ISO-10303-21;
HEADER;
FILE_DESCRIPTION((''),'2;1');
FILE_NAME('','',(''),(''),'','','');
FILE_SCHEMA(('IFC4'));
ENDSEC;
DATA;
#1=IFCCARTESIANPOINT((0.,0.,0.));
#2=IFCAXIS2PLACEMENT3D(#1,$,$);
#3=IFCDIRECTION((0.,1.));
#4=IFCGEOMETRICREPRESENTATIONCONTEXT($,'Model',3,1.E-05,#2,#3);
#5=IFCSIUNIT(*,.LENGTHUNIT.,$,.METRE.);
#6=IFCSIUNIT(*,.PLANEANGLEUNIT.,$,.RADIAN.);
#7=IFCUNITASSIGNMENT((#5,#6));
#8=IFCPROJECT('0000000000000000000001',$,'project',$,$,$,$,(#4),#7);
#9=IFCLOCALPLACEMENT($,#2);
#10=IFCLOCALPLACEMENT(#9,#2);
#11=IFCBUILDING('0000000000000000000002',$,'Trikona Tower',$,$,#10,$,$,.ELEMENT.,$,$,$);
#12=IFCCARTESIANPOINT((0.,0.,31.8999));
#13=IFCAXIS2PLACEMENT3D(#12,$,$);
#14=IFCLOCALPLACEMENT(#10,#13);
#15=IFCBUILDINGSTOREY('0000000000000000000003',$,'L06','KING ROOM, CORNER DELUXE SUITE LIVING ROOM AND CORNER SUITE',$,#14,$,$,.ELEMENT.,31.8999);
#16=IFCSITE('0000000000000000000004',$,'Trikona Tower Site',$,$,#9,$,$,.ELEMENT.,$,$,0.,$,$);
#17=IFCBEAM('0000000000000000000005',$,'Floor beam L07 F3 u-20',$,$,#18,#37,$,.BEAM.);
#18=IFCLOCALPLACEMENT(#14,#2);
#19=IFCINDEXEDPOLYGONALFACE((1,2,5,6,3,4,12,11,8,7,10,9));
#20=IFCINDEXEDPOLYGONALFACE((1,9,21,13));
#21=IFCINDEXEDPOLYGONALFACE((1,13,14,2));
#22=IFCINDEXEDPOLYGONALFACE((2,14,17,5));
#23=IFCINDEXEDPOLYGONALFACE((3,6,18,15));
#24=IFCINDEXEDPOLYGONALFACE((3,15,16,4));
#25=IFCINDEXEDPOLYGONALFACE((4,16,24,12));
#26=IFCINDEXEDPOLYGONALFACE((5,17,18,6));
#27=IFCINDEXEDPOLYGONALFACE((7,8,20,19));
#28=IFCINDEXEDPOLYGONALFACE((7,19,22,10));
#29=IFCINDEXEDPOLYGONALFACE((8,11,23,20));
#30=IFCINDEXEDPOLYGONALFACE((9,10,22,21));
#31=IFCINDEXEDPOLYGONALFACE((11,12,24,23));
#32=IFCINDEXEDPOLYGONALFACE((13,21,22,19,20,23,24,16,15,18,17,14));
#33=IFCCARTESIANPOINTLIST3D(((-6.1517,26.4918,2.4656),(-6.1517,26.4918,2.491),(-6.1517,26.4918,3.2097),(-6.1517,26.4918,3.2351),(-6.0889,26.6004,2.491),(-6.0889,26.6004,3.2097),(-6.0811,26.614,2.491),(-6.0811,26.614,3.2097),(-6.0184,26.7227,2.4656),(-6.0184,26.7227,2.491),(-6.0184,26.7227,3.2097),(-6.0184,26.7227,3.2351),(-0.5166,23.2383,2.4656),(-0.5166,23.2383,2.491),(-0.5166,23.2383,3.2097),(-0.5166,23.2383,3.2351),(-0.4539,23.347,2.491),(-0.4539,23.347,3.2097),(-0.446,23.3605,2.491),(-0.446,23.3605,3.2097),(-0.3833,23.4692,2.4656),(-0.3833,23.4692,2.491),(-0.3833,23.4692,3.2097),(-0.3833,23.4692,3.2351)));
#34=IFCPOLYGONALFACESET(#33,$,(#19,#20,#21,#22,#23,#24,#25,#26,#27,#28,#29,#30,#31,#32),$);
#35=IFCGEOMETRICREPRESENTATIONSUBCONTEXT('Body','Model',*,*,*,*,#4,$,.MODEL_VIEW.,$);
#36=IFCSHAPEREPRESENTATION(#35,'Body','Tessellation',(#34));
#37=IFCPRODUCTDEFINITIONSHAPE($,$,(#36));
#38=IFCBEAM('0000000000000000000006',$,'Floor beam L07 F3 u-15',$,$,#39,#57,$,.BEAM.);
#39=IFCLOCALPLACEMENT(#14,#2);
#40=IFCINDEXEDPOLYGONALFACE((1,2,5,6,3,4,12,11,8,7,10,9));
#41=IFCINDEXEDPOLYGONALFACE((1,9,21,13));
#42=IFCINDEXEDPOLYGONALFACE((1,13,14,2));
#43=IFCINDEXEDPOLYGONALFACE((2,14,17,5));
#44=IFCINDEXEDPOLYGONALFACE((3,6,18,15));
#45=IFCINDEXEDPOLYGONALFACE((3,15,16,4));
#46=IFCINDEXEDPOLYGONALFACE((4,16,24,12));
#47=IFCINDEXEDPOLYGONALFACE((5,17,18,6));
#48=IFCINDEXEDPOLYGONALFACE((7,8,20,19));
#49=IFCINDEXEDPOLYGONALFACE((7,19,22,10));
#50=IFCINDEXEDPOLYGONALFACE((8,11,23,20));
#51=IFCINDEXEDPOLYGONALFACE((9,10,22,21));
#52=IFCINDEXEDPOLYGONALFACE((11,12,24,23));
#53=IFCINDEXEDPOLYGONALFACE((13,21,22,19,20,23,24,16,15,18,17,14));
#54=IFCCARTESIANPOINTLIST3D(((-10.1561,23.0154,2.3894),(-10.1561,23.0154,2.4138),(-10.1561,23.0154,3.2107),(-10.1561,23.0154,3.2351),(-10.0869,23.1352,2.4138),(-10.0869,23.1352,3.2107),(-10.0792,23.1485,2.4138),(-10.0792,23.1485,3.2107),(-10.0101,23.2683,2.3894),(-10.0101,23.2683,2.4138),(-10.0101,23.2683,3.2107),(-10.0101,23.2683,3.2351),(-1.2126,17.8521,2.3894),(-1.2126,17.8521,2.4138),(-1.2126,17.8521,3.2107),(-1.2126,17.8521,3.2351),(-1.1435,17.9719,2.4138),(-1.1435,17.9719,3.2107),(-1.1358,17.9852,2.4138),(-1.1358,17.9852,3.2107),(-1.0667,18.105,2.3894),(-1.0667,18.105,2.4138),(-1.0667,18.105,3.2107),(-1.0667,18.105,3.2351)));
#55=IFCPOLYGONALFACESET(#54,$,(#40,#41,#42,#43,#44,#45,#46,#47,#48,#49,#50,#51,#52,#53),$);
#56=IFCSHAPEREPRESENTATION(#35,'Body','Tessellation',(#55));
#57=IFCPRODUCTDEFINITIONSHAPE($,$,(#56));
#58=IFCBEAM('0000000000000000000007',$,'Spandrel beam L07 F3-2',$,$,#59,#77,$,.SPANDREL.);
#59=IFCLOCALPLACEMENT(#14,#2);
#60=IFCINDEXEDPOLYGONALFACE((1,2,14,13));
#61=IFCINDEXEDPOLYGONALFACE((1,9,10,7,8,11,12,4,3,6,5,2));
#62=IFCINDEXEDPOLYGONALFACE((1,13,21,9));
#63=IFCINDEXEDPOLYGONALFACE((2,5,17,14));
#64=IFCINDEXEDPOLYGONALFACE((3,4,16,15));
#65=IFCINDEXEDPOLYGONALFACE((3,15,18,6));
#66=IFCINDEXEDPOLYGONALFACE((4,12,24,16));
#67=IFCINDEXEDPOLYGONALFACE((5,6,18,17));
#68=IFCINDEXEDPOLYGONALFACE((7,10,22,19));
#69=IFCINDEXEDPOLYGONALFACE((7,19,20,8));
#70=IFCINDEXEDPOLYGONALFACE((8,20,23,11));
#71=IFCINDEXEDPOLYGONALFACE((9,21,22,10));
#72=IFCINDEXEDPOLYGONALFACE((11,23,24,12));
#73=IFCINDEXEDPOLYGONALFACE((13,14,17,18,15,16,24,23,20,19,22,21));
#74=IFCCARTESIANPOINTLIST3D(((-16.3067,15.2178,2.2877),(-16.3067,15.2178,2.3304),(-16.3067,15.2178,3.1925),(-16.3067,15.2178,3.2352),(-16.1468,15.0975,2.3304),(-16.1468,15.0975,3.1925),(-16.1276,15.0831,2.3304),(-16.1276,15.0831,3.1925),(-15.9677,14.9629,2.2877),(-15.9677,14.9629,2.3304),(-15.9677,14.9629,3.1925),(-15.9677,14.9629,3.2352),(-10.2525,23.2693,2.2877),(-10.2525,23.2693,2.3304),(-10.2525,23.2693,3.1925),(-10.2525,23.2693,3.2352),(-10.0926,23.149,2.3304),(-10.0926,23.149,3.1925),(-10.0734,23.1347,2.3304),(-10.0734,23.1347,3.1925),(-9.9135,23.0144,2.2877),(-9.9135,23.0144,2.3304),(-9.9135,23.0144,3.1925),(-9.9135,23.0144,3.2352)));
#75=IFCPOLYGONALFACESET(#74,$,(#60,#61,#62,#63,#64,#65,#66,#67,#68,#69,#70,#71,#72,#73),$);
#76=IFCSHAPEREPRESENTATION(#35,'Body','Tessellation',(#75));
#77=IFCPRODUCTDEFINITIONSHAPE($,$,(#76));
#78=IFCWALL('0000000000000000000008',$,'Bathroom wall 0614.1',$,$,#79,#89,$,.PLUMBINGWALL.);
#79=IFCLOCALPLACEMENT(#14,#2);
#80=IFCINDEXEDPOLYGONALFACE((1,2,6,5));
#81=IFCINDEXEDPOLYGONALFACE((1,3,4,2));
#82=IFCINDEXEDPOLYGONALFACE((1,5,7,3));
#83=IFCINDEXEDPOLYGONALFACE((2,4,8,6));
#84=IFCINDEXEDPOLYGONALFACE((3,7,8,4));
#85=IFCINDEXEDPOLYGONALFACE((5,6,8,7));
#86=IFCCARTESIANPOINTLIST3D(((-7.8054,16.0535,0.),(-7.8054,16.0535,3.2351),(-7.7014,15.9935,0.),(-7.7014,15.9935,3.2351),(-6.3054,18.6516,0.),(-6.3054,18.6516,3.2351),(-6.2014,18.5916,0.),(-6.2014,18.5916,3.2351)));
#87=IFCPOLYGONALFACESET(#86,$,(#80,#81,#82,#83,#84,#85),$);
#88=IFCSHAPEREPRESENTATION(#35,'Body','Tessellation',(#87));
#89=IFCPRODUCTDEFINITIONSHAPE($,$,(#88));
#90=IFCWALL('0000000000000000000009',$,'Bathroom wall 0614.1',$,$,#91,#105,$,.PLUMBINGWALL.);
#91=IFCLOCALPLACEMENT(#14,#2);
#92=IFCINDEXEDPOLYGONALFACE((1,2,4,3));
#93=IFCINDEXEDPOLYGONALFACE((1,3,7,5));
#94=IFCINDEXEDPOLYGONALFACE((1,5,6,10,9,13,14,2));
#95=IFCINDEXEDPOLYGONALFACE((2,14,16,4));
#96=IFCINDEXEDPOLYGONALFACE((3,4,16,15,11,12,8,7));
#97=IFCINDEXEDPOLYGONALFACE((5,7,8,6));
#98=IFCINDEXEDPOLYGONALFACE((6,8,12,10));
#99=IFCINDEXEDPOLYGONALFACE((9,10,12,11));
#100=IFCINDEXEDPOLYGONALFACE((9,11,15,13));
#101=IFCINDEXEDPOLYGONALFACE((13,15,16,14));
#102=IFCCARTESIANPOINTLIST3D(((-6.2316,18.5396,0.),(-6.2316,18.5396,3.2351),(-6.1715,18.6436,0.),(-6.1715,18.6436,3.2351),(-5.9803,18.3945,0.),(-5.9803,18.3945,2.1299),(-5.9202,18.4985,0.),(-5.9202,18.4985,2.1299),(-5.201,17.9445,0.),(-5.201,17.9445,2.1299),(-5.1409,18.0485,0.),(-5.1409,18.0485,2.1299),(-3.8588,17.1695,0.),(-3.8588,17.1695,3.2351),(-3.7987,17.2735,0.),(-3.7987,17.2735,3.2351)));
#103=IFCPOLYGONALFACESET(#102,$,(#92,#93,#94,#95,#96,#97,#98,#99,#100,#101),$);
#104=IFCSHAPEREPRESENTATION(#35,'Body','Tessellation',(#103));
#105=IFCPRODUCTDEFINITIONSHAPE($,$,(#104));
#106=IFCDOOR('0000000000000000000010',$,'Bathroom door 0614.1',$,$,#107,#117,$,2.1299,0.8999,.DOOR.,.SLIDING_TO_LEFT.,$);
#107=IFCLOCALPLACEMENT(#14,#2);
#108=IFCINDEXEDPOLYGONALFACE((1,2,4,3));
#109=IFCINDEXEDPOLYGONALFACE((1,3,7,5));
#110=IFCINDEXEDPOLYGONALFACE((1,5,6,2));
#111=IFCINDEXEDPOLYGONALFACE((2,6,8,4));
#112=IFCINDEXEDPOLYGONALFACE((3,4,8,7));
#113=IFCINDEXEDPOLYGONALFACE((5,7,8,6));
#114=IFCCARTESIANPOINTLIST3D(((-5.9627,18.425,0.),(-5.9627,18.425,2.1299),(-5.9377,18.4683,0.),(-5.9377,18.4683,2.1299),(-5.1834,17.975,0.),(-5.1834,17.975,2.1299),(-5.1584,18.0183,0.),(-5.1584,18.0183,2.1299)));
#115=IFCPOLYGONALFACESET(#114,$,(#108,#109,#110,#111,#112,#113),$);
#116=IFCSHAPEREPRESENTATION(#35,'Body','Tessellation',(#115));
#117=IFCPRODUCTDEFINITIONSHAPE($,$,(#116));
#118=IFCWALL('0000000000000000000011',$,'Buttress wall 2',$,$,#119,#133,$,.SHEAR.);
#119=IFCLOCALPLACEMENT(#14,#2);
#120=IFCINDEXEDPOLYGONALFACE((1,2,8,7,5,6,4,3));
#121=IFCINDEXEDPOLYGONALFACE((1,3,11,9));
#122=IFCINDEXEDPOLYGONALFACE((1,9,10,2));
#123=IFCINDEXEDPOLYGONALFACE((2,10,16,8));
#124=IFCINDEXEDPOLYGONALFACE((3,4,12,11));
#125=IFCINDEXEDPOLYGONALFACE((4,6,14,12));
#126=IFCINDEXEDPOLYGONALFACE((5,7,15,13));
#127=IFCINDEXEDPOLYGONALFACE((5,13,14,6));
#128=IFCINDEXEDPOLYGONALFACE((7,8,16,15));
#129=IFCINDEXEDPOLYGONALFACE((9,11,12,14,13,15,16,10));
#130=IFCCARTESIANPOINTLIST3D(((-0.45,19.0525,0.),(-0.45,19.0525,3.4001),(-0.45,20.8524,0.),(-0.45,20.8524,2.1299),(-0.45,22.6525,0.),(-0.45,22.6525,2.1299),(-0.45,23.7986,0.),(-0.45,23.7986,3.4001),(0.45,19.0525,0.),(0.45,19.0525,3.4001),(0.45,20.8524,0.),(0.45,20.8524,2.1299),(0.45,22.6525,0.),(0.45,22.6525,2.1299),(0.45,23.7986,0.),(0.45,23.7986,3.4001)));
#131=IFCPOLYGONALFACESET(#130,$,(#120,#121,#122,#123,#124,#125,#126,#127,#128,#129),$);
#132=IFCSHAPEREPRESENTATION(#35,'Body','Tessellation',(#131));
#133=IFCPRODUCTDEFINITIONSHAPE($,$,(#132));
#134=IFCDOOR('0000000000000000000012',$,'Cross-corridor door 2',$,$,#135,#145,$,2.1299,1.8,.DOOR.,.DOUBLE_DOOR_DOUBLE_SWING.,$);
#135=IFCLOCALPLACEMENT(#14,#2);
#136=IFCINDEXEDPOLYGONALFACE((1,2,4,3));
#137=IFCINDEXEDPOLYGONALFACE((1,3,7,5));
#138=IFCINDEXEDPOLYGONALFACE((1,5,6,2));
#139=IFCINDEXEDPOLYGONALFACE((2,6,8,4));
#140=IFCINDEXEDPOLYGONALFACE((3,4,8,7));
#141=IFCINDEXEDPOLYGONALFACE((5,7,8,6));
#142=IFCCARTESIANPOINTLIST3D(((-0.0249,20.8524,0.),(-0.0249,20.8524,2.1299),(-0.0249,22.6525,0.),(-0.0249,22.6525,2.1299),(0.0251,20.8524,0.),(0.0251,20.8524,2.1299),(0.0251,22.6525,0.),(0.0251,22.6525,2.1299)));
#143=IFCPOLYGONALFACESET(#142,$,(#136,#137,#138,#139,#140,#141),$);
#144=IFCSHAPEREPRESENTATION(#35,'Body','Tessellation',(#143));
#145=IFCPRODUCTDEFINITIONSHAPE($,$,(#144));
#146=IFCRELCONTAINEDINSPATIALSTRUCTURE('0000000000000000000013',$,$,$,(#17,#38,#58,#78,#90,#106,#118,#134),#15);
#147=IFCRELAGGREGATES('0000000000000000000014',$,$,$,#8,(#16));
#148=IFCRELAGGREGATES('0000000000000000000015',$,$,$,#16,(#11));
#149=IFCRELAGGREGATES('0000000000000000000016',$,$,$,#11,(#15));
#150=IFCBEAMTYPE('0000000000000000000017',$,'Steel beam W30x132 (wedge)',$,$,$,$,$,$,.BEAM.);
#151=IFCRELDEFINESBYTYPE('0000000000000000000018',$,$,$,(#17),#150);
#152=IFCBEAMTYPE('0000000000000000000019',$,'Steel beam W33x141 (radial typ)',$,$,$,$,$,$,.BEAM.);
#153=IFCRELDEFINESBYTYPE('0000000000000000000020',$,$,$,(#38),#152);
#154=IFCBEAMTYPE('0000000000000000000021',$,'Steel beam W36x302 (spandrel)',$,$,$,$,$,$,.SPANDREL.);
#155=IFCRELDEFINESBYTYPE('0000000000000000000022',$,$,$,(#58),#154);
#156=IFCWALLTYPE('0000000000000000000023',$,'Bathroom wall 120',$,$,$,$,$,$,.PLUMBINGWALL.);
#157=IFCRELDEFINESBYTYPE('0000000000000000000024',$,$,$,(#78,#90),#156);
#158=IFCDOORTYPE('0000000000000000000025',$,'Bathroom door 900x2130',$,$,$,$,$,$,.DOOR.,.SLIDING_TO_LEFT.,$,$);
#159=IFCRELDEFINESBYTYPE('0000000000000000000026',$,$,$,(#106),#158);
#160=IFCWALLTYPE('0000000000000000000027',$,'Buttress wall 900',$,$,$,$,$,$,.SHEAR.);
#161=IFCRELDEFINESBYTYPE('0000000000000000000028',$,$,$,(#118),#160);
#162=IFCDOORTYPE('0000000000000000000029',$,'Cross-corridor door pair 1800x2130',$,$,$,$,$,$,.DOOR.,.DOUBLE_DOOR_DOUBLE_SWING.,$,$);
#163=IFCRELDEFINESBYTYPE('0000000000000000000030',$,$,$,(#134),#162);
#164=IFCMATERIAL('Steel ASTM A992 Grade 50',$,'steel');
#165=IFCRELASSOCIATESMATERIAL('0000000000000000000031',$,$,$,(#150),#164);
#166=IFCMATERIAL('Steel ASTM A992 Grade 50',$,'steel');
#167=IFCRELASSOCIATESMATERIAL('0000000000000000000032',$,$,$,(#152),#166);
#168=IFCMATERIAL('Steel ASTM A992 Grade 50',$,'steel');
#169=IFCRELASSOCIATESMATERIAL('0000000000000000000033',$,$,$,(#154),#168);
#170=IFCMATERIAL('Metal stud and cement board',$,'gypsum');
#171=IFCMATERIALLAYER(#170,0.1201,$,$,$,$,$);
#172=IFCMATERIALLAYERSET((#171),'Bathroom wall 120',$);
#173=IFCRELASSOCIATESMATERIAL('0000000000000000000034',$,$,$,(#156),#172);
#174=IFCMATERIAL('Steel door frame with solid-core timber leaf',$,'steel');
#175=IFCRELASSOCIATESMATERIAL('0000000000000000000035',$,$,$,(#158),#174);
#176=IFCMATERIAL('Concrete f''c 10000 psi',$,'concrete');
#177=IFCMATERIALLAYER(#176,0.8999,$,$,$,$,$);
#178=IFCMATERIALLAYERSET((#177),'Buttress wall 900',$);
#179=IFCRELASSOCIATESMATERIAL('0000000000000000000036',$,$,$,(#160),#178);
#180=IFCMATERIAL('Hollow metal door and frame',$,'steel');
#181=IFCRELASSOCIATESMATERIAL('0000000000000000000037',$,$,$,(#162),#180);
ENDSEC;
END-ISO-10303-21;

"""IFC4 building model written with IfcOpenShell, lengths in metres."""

from ifc_helpers import new_model, si_unit, direction, frame, frame_2d, origin, origin_2d, place, context, subcontext, project, spatial, rectangle, i_section, extrude, material, layer, layer_set, material_profile, profile_set, type_object, element, fill, save


model = new_model("IFC4")

# Units and contexts
model_context = context("Model", 3, precision=1e-05, world=origin(), true_north=direction((0.0, 1.0)))
body_context = subcontext(model_context, "Body", "Model", "MODEL_VIEW")
ifc_project = project(units=[si_unit("LENGTHUNIT", "METRE"), si_unit("PLANEANGLEUNIT", "RADIAN")], contexts=[model_context])

# Site, building, storey
site_placement = place(None, origin())
site = spatial("IfcSite", under=ifc_project, at=site_placement, Name="Trikona Tower Site", CompositionType="ELEMENT", RefElevation=0.0)
building_placement = place(site_placement, origin())
building = spatial("IfcBuilding", under=site, at=building_placement, Name="Trikona Tower", CompositionType="ELEMENT")
storey_placement = place(building_placement, frame((0.0, 0.0, 31.8999)))
storey = spatial("IfcBuildingStorey", under=building, at=storey_placement, Name="L06", Description="KING ROOM, CORNER DELUXE SUITE LIVING ROOM AND CORNER SUITE", CompositionType="ELEMENT", Elevation=31.8999)

# Beams
ifc_material_1 = material(Name="Steel ASTM A992 Grade 50", Category="steel")
ifc_material_profile_1 = material_profile(ifc_material_1, i_section(OverallWidth=0.2666, OverallDepth=0.7695, WebThickness=0.0156, FlangeThickness=0.0254, at=origin_2d()), Name="W30X132")
ifc_profile_set_1 = profile_set([ifc_material_profile_1], Name="Steel ASTM A992 Grade 50")
beam_type_1 = type_object("IfcBeamType", Name="Steel beam W30x132 (wedge)", PredefinedType="BEAM", material=ifc_profile_set_1)
beam_1_placement = place(storey_placement, frame((-0.45, 23.3538, 2.8503), z_axis=(-0.866023, 0.500005, 0.0), x_axis=(-0.500005, -0.866023, 0.0)))
element("IfcBeam", 1, at=beam_1_placement, inside=storey, type_object=beam_type_1, Name="Floor beam L07 F3 u-20", PredefinedType="BEAM", context=body_context, shape_type="SweptSolid", body=[
    extrude(i_section(OverallWidth=0.2666, OverallDepth=0.7695, WebThickness=0.0156, FlangeThickness=0.0254, at=origin_2d()), origin(), (0.0, 0.0, 1.0), 6.5068),
])
ifc_material_2 = material(Name="Steel ASTM A992 Grade 50", Category="steel")
ifc_material_profile_2 = material_profile(ifc_material_2, i_section(OverallWidth=0.292, OverallDepth=0.8457, WebThickness=0.0154, FlangeThickness=0.0244, at=origin_2d()), Name="W33X141")
ifc_profile_set_2 = profile_set([ifc_material_profile_2], Name="Steel ASTM A992 Grade 50")
beam_type_2 = type_object("IfcBeamType", Name="Steel beam W33x141 (radial typ)", PredefinedType="BEAM", material=ifc_profile_set_2)
beam_2_placement = place(storey_placement, frame((-1.1396, 17.9785, 2.8123), z_axis=(-0.86603, 0.499991, 0.0), x_axis=(-0.499991, -0.86603, 0.0)))
element("IfcBeam", 2, at=beam_2_placement, inside=storey, type_object=beam_type_2, Name="Floor beam L07 F3 u-15", PredefinedType="BEAM", context=body_context, shape_type="SweptSolid", body=[
    extrude(i_section(OverallWidth=0.292, OverallDepth=0.8457, WebThickness=0.0154, FlangeThickness=0.0244, at=origin_2d()), origin(), (0.0, 0.0, 1.0), 10.3269),
])
ifc_material_3 = material(Name="Steel ASTM A992 Grade 50", Category="steel")
ifc_material_profile_3 = material_profile(ifc_material_3, i_section(OverallWidth=0.4241, OverallDepth=0.9475, WebThickness=0.0239, FlangeThickness=0.0427, at=origin_2d()), Name="W36X302")
ifc_profile_set_3 = profile_set([ifc_material_profile_3], Name="Steel ASTM A992 Grade 50")
beam_type_3 = type_object("IfcBeamType", Name="Steel beam W36x302 (spandrel)", PredefinedType="SPANDREL", material=ifc_profile_set_3)
beam_3_placement = place(storey_placement, frame((-10.083, 23.1418, 2.7615), z_axis=(-0.600988, -0.799258, 0.0), x_axis=(0.799258, -0.600988, 0.0)))
element("IfcBeam", 3, at=beam_3_placement, inside=storey, type_object=beam_type_3, Name="Spandrel beam L07 F3-2", PredefinedType="SPANDREL", context=body_context, shape_type="SweptSolid", body=[
    extrude(i_section(OverallWidth=0.4241, OverallDepth=0.9475, WebThickness=0.0239, FlangeThickness=0.0427, at=origin_2d()), origin(), (0.0, 0.0, 1.0), 10.0737),
])

# Wall
ifc_material_4 = material(Name="Metal stud and cement board", Category="gypsum")
ifc_layer_1 = layer(ifc_material_4, 0.1201)
ifc_layer_set_1 = layer_set([ifc_layer_1], Name="Bathroom wall 120")
wall_type_1 = type_object("IfcWallType", Name="Bathroom wall 120", PredefinedType="PLUMBINGWALL", material=ifc_layer_set_1)
wall_1_placement = place(storey_placement, frame((-6.2534, 18.6216, 0.0), z_axis=(0.0, 0.0, 1.0), x_axis=(-0.49999, -0.866031, 0.0)))
element("IfcWall", 4, at=wall_1_placement, inside=storey, type_object=wall_type_1, Name="Bathroom wall 0614.1", PredefinedType="PLUMBINGWALL", context=body_context, shape_type="SweptSolid", body=[
    extrude(rectangle(XDim=3.0, YDim=0.1201, at=frame_2d((1.5, 0.0))), origin(), (0.0, 0.0, 1.0), 3.2351),
])

# Walls, openings, doors
wall_2_placement = place(storey_placement, frame((-3.8286, 17.2214, 0.0), z_axis=(0.0, 0.0, 1.0), x_axis=(-0.865997, 0.500049, 0.0)))
wall_2 = element("IfcWall", 5, at=wall_2_placement, inside=storey, type_object=wall_type_1, Name="Bathroom wall 0614.1", PredefinedType="PLUMBINGWALL", context=body_context, shape_type="SweptSolid", body=[
    extrude(rectangle(XDim=2.74, YDim=0.1201, at=frame_2d((1.3701, 0.0))), origin(), (0.0, 0.0, 1.0), 3.2351),
])
opening_1_placement = place(wall_2_placement, frame((1.55, 0.0, 0.0)))
opening_1 = element("IfcOpeningElement", 6, at=opening_1_placement, cuts=wall_2, PredefinedType="OPENING", context=body_context, shape_type="SweptSolid", body=[
    extrude(rectangle(XDim=0.8999, YDim=2.1299, at=frame_2d((0.45, 1.0649))), frame((0.0, 0.0701, 0.0), z_axis=(0.0, -1.0, 0.0), x_axis=(1.0, 0.0, 0.0)), (0.0, 0.0, 1.0), 0.1401),
])
ifc_material_5 = material(Name="Steel door frame with solid-core timber leaf", Category="steel")
door_type_1 = type_object("IfcDoorType", Name="Bathroom door 900x2130", OperationType="SLIDING_TO_LEFT", PredefinedType="DOOR", material=ifc_material_5)
door_1_placement = place(opening_1_placement, origin())
door_1 = element("IfcDoor", 7, at=door_1_placement, inside=storey, type_object=door_type_1, Name="Bathroom door 0614.1", OperationType="SLIDING_TO_LEFT", OverallHeight=2.1299, OverallWidth=0.8999, PredefinedType="DOOR", context=body_context, shape_type="SweptSolid", body=[
    extrude(rectangle(XDim=0.8999, YDim=2.1299, at=frame_2d((0.45, 1.0649))), frame((0.0, 0.0249, 0.0), z_axis=(0.0, -1.0, 0.0), x_axis=(1.0, 0.0, 0.0)), (0.0, 0.0, 1.0), 0.05),
])
fill(opening_1, door_1)
ifc_material_6 = material(Name="Concrete f'c 10000 psi", Category="concrete")
ifc_layer_2 = layer(ifc_material_6, 0.8999)
ifc_layer_set_2 = layer_set([ifc_layer_2], Name="Buttress wall 900")
wall_type_2 = type_object("IfcWallType", Name="Buttress wall 900", PredefinedType="SHEAR", material=ifc_layer_set_2)
wall_3_placement = place(storey_placement, frame((0.0, 19.0525, 0.0), z_axis=(0.0, 0.0, 1.0), x_axis=(0.0, 1.0, 0.0)))
wall_3 = element("IfcWall", 8, at=wall_3_placement, inside=storey, type_object=wall_type_2, Name="Buttress wall 2", PredefinedType="SHEAR", context=body_context, shape_type="SweptSolid", body=[
    extrude(rectangle(XDim=4.7461, YDim=0.8999, at=frame_2d((2.373, 0.0))), origin(), (0.0, 0.0, 1.0), 3.4001),
])
opening_2_placement = place(wall_3_placement, frame((1.8, 0.0, 0.0)))
opening_2 = element("IfcOpeningElement", 9, at=opening_2_placement, cuts=wall_3, PredefinedType="OPENING", context=body_context, shape_type="SweptSolid", body=[
    extrude(rectangle(XDim=1.8, YDim=2.1299, at=frame_2d((0.8999, 1.0649))), frame((0.0, 0.46, 0.0), z_axis=(0.0, -1.0, 0.0), x_axis=(1.0, 0.0, 0.0)), (0.0, 0.0, 1.0), 0.9199),
])
ifc_material_7 = material(Name="Hollow metal door and frame", Category="steel")
door_type_2 = type_object("IfcDoorType", Name="Cross-corridor door pair 1800x2130", OperationType="DOUBLE_DOOR_DOUBLE_SWING", PredefinedType="DOOR", material=ifc_material_7)
door_2_placement = place(opening_2_placement, origin())
door_2 = element("IfcDoor", 10, at=door_2_placement, inside=storey, type_object=door_type_2, Name="Cross-corridor door 2", OperationType="DOUBLE_DOOR_DOUBLE_SWING", OverallHeight=2.1299, OverallWidth=1.8, PredefinedType="DOOR", context=body_context, shape_type="SweptSolid", body=[
    extrude(rectangle(XDim=1.8, YDim=2.1299, at=frame_2d((0.8999, 1.0649))), frame((0.0, 0.0249, 0.0), z_axis=(0.0, -1.0, 0.0), x_axis=(1.0, 0.0, 0.0)), (0.0, 0.0, 1.0), 0.05),
])
fill(opening_2, door_2)

save(model, "model.ifc")
